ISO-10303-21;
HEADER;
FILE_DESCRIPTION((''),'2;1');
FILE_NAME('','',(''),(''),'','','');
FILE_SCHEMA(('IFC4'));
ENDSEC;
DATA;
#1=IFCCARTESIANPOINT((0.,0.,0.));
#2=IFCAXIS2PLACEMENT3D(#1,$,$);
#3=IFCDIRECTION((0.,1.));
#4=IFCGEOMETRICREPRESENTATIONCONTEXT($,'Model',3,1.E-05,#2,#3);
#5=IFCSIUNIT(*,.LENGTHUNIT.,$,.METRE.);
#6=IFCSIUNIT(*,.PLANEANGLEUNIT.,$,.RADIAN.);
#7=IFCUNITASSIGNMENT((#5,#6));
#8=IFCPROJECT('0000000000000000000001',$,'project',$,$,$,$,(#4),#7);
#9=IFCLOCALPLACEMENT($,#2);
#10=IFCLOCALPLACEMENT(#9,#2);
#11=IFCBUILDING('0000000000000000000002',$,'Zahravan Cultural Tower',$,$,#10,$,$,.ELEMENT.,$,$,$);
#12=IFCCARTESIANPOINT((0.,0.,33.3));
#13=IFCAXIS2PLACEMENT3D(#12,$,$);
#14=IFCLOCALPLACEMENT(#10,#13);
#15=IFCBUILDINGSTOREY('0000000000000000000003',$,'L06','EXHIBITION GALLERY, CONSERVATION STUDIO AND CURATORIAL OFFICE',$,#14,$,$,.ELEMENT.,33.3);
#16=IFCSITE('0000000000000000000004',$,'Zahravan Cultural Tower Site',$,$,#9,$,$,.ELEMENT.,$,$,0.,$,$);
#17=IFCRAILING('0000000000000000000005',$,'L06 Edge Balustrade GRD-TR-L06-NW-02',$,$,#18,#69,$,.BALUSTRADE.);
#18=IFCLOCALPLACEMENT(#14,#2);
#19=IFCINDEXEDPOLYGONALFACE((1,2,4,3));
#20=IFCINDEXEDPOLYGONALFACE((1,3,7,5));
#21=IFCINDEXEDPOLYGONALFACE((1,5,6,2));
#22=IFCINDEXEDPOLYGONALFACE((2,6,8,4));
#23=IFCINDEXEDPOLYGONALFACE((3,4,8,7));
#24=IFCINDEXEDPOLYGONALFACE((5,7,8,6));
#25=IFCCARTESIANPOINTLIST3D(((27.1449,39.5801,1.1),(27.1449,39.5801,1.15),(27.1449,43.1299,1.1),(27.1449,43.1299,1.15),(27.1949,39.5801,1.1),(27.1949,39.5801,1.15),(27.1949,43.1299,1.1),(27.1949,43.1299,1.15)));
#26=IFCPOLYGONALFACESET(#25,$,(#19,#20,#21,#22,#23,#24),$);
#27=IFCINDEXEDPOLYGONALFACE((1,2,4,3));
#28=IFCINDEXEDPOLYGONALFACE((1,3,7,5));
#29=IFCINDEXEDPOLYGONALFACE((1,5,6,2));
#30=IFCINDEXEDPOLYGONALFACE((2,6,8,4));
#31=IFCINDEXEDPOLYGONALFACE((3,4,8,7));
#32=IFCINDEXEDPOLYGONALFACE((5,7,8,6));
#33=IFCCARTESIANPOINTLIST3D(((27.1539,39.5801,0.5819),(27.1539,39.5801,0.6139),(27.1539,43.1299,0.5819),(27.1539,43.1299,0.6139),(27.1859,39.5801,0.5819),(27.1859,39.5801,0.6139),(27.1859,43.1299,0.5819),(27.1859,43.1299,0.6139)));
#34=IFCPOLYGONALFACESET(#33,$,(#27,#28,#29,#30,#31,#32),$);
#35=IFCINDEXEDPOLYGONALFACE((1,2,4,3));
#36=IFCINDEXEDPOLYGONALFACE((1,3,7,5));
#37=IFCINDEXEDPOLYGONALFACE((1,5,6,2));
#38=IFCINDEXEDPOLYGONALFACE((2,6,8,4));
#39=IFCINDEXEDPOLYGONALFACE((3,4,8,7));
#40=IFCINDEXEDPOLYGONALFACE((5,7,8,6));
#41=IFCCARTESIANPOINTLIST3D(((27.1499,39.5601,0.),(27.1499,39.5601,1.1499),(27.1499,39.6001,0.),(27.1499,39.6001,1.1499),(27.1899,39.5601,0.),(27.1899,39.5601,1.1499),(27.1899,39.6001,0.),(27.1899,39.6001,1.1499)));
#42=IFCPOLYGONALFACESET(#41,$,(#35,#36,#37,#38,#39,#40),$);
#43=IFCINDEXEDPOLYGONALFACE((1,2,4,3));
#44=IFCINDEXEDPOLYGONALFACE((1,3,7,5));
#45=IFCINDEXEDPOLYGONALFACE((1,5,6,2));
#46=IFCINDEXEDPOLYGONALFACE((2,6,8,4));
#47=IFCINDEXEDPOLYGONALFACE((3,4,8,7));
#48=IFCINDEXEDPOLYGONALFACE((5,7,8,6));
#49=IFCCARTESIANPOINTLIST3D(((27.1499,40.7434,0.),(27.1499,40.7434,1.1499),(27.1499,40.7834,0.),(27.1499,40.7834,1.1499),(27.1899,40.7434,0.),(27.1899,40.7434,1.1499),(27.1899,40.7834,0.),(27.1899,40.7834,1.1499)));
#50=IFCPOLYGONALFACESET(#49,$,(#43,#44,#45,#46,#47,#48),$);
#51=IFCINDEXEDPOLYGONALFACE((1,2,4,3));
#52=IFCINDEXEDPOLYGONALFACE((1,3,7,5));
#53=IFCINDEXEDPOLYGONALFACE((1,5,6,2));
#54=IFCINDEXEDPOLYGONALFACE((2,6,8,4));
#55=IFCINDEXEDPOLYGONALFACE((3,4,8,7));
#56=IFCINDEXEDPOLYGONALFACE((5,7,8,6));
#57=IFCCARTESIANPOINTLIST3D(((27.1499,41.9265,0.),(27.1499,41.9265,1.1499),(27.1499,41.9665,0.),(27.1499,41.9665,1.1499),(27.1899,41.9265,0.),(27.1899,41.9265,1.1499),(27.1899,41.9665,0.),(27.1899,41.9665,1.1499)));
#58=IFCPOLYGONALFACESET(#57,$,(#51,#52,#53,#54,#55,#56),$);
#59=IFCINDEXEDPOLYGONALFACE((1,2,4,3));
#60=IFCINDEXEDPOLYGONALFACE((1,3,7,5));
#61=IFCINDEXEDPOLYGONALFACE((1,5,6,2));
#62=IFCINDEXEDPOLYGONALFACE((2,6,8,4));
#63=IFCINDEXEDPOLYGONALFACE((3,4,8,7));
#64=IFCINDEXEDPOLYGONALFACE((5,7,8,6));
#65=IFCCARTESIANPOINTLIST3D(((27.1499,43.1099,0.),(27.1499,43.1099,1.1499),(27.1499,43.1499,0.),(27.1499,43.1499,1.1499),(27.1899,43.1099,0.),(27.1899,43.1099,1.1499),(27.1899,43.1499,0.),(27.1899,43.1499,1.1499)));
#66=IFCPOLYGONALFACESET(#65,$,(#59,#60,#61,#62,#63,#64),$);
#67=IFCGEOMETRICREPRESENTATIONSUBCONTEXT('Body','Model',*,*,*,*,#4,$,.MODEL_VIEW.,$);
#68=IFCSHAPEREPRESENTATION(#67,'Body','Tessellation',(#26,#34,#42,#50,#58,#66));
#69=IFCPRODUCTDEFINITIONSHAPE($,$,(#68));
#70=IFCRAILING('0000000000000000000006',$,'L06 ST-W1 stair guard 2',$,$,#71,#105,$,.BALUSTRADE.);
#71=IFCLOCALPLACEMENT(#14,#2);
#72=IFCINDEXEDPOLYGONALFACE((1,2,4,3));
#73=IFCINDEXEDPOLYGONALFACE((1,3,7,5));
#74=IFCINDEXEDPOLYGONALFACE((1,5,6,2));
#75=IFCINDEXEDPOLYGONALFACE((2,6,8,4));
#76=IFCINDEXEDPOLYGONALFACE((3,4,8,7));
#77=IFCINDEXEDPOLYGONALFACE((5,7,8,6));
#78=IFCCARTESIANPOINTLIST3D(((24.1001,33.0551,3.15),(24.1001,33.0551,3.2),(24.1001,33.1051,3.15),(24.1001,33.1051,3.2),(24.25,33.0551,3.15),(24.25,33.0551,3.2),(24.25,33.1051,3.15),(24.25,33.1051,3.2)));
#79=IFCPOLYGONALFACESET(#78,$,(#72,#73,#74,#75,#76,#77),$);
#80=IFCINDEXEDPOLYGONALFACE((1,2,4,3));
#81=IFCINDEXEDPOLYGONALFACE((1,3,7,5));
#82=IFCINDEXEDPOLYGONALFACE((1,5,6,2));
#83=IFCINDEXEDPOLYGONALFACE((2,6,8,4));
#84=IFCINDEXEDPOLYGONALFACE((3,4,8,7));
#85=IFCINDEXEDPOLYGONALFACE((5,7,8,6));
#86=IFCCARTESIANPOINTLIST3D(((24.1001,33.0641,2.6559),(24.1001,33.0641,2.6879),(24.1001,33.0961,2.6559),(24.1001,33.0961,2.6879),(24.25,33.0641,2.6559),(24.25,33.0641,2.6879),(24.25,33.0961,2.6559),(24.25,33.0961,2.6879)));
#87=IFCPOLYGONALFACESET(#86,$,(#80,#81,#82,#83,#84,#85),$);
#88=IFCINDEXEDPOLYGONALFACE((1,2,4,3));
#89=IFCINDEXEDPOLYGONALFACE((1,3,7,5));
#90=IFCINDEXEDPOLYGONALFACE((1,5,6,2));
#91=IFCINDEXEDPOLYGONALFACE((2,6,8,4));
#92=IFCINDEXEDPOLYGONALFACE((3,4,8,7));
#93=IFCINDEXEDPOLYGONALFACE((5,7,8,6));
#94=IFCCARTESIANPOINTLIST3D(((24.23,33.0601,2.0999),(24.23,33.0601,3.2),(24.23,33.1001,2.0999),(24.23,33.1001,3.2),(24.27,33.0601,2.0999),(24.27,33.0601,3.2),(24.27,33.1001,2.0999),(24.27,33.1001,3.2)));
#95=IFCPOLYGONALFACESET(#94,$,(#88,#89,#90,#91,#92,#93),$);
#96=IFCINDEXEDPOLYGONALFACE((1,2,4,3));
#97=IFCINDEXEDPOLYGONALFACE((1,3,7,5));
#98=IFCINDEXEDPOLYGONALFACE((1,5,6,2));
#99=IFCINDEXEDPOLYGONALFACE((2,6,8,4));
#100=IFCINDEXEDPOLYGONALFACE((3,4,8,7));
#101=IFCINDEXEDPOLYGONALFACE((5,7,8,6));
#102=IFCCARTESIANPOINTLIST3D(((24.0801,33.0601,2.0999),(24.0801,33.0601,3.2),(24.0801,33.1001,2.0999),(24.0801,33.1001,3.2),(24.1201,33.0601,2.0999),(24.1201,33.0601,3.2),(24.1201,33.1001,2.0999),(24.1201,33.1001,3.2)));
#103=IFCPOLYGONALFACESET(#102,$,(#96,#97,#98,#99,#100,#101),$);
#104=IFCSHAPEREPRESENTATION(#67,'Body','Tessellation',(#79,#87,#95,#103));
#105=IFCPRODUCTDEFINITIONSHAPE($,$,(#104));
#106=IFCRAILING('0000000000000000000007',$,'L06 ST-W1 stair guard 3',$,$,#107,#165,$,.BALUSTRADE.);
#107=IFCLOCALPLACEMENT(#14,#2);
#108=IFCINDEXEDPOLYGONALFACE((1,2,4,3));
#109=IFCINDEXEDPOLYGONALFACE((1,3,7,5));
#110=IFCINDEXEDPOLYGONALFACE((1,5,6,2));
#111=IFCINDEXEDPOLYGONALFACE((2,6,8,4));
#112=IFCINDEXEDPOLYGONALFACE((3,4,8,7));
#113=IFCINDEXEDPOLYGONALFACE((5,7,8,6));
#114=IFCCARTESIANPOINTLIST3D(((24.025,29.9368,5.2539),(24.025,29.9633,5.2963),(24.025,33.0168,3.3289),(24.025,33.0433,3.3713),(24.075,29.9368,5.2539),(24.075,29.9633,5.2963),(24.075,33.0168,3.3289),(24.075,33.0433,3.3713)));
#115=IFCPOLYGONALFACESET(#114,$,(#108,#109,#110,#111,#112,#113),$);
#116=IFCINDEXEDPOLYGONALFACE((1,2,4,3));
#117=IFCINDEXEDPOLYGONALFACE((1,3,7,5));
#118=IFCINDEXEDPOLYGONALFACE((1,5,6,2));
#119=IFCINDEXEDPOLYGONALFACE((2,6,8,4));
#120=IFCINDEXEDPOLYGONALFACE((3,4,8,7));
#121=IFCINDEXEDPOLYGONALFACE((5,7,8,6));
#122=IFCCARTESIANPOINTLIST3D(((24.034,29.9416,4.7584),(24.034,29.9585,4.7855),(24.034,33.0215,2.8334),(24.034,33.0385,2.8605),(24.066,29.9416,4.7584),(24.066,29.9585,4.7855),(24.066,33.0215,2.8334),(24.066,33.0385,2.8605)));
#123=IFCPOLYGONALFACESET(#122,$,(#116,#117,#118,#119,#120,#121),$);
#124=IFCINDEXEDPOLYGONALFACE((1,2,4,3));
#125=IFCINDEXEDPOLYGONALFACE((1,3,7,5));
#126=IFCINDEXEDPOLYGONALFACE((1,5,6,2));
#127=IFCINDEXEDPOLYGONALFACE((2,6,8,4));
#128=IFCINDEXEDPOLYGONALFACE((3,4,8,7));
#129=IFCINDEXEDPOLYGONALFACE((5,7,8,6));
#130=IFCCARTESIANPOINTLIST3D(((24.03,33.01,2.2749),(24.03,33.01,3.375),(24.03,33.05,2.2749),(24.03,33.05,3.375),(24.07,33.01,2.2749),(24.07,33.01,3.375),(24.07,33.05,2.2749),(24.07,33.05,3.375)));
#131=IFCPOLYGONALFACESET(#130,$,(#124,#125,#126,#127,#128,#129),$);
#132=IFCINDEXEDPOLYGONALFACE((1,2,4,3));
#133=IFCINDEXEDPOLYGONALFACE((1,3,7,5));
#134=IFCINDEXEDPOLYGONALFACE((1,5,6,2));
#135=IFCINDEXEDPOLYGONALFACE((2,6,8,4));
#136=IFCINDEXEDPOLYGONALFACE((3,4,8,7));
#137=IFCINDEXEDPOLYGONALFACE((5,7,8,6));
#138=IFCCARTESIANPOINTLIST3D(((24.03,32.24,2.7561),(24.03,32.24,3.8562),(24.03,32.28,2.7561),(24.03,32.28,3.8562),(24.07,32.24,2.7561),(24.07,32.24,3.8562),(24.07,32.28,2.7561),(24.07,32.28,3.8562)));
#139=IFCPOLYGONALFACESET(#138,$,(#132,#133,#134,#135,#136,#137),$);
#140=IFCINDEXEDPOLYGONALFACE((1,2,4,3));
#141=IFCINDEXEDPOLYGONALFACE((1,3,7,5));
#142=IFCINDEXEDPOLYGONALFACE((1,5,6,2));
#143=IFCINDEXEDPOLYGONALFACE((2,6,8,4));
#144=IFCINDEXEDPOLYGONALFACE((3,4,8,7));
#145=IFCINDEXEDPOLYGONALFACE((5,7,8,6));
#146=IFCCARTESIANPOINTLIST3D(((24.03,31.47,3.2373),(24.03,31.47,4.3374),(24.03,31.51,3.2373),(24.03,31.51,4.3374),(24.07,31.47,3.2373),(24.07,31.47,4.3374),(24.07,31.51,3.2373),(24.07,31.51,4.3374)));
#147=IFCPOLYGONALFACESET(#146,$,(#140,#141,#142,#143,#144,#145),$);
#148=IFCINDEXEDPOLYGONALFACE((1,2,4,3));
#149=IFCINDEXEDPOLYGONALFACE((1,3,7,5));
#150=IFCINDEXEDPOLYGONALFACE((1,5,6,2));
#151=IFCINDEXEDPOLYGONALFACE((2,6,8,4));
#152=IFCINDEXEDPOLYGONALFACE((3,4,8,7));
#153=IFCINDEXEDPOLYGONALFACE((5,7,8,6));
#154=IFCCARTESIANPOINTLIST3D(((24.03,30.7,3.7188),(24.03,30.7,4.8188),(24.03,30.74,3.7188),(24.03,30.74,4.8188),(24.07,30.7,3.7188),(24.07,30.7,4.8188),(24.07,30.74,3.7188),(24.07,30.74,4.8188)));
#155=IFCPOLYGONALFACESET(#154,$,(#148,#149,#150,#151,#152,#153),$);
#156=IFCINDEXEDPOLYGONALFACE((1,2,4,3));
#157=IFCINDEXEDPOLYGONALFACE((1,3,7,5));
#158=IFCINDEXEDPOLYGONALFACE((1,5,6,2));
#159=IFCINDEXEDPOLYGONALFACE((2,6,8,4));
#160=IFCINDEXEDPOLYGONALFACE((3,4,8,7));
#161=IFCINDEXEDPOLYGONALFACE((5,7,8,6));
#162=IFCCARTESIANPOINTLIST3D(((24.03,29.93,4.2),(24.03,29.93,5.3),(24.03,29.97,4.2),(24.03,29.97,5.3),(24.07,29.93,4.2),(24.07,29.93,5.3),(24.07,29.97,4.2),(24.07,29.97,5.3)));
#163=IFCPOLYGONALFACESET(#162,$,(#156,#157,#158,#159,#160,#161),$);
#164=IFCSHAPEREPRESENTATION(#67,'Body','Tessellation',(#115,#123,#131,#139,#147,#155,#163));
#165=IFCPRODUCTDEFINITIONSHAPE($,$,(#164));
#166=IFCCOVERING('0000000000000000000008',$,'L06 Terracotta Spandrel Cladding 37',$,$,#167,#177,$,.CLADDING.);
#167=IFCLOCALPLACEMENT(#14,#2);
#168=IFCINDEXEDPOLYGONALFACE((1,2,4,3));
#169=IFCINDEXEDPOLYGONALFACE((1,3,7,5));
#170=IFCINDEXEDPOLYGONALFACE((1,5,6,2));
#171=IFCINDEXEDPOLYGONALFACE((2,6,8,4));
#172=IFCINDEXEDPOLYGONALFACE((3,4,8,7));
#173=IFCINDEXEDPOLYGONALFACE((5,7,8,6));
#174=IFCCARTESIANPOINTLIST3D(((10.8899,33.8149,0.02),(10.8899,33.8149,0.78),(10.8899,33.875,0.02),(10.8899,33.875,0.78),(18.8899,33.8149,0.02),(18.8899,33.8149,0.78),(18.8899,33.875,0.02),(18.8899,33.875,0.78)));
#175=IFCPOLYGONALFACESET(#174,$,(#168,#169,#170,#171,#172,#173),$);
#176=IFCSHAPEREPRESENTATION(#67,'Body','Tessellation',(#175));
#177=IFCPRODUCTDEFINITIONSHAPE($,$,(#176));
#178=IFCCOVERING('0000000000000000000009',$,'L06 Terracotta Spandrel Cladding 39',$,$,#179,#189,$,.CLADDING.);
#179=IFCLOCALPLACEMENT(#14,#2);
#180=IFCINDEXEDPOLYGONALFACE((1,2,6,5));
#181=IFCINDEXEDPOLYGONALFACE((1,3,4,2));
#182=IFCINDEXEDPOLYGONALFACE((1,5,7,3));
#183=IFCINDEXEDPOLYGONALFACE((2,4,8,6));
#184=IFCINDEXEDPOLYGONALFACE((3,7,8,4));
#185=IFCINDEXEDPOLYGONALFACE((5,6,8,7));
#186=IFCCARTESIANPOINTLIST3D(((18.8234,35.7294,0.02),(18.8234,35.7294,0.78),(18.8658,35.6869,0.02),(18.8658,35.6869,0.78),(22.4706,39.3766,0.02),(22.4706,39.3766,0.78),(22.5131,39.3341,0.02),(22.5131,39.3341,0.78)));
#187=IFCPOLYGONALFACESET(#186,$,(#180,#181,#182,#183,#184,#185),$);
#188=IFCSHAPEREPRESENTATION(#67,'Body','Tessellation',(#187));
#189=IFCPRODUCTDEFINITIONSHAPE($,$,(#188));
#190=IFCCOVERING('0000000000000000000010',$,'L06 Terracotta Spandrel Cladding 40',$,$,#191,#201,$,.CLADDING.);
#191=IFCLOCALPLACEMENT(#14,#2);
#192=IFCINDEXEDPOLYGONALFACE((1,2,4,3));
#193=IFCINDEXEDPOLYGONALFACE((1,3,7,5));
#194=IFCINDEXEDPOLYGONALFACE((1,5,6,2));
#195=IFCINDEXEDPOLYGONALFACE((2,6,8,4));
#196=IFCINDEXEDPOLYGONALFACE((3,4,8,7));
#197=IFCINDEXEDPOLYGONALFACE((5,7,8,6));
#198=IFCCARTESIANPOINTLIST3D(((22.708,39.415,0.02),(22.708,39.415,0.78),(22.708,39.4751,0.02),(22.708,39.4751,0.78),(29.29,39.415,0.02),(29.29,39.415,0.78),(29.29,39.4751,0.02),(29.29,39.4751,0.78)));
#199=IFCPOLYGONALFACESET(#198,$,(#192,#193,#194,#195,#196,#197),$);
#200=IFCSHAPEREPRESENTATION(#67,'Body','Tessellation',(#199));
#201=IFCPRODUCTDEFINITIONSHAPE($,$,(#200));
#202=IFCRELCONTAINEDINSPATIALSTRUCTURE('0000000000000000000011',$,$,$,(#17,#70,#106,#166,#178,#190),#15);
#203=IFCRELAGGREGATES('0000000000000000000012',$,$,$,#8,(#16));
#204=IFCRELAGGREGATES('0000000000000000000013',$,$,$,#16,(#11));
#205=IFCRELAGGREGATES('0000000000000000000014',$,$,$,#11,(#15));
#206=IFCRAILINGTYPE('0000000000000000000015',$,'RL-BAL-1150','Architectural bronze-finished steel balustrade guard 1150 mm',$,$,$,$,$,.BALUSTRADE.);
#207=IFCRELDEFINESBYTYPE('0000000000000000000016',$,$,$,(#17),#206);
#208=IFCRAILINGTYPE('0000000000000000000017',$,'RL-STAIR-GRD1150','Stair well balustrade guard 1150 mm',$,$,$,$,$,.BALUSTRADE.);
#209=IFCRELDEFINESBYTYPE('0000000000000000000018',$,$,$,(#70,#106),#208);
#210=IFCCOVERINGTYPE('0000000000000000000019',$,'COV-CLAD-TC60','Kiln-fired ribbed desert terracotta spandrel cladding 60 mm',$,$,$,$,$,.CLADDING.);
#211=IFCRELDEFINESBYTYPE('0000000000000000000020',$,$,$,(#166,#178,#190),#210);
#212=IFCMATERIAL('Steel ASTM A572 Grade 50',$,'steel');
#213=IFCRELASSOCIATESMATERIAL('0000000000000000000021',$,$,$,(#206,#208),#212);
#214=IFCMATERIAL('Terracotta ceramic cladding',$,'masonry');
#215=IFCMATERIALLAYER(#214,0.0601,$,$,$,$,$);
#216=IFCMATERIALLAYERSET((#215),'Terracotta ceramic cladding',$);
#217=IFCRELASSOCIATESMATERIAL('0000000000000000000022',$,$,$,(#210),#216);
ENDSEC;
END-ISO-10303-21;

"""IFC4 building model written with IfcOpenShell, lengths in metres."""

from ifc_helpers import new_model, si_unit, direction, frame, origin, origin_2d, place, context, subcontext, project, spatial, rectangle, extrude, source, transform, mapped, material, layer, layer_set, type_object, element, save


model = new_model("IFC4")

# Units and contexts
model_context = context("Model", 3, precision=1e-05, world=origin(), true_north=direction((0.0, 1.0)))
body_context = subcontext(model_context, "Body", "Model", "MODEL_VIEW")
ifc_project = project(units=[si_unit("LENGTHUNIT", "METRE"), si_unit("PLANEANGLEUNIT", "RADIAN")], contexts=[model_context])

# Site, building, storey
site_placement = place(None, origin())
site = spatial("IfcSite", under=ifc_project, at=site_placement, Name="Zahravan Cultural Tower Site", CompositionType="ELEMENT", RefElevation=0.0)
building_placement = place(site_placement, origin())
building = spatial("IfcBuilding", under=site, at=building_placement, Name="Zahravan Cultural Tower", CompositionType="ELEMENT")
storey_placement = place(building_placement, frame((0.0, 0.0, 33.3)))
storey = spatial("IfcBuildingStorey", under=building, at=storey_placement, Name="L06", Description="EXHIBITION GALLERY, CONSERVATION STUDIO AND CURATORIAL OFFICE", CompositionType="ELEMENT", Elevation=33.3)

# Shared definitions
ifc_material_1 = material(Name="Steel ASTM A572 Grade 50", Category="steel")

# Railings
railing_type_1 = type_object("IfcRailingType", Name="RL-BAL-1150", Description="Architectural bronze-finished steel balustrade guard 1150 mm", PredefinedType="BALUSTRADE", material=ifc_material_1)
railing_1_placement = place(storey_placement, frame((27.1699, 39.5801, 0.0)))
element("IfcRailing", 1, at=railing_1_placement, inside=storey, type_object=railing_type_1, Name="L06 Edge Balustrade GRD-TR-L06-NW-02", PredefinedType="BALUSTRADE", context=body_context, shape_type="SweptSolid", body=[
    extrude(rectangle(XDim=0.05, YDim=0.05, at=origin_2d()), frame((0.0, 0.0, 1.125), z_axis=(0.0, 1.0, 0.0), x_axis=(-1.0, 0.0, 0.0)), (0.0, 0.0, 1.0), 3.5498),
    extrude(rectangle(XDim=0.032, YDim=0.032, at=origin_2d()), frame((0.0, 0.0, 0.5979), z_axis=(0.0, 1.0, 0.0), x_axis=(-1.0, 0.0, 0.0)), (0.0, 0.0, 1.0), 3.5498),
    extrude(rectangle(XDim=0.04, YDim=0.04, at=origin_2d()), origin(), (0.0, 0.0, 1.0), 1.1499),
    extrude(rectangle(XDim=0.04, YDim=0.04, at=origin_2d()), frame((0.0, 1.1833, 0.0)), (0.0, 0.0, 1.0), 1.1499),
    extrude(rectangle(XDim=0.04, YDim=0.04, at=origin_2d()), frame((0.0, 2.3665, 0.0)), (0.0, 0.0, 1.0), 1.1499),
    extrude(rectangle(XDim=0.04, YDim=0.04, at=origin_2d()), frame((0.0, 3.5498, 0.0)), (0.0, 0.0, 1.0), 1.1499),
])
railing_type_2 = type_object("IfcRailingType", Name="RL-STAIR-GRD1150", Description="Stair well balustrade guard 1150 mm", PredefinedType="BALUSTRADE", material=ifc_material_1)
railing_2_placement = place(storey_placement, frame((24.25, 33.0801, 2.0999)))
element("IfcRailing", 2, at=railing_2_placement, inside=storey, type_object=railing_type_2, Name="L06 ST-W1 stair guard 2", PredefinedType="BALUSTRADE", context=body_context, shape_type="SweptSolid", body=[
    extrude(rectangle(XDim=0.05, YDim=0.05, at=origin_2d()), frame((0.0, 0.0, 1.0752), z_axis=(-1.0, 0.0, 0.0), x_axis=(0.0, -1.0, 0.0)), (0.0, 0.0, 1.0), 0.1499),
    extrude(rectangle(XDim=0.032, YDim=0.032, at=origin_2d()), frame((0.0, 0.0, 0.572), z_axis=(-1.0, 0.0, 0.0), x_axis=(0.0, -1.0, 0.0)), (0.0, 0.0, 1.0), 0.1499),
    extrude(rectangle(XDim=0.04, YDim=0.04, at=origin_2d()), origin(), (0.0, 0.0, 1.0), 1.1001),
    extrude(rectangle(XDim=0.04, YDim=0.04, at=origin_2d()), frame((-0.1499, 0.0, 0.0)), (0.0, 0.0, 1.0), 1.1001),
])
railing_3_placement = place(storey_placement, frame((24.05, 33.03, 2.2749)))
element("IfcRailing", 3, at=railing_3_placement, inside=storey, type_object=railing_type_2, Name="L06 ST-W1 stair guard 3", PredefinedType="BALUSTRADE", context=body_context, shape_type="SweptSolid", body=[
    extrude(rectangle(XDim=0.05, YDim=0.05, at=origin_2d()), frame((0.0, 0.0, 1.0752), z_axis=(0.0, -0.847998, 0.529999), x_axis=(1.0, 0.0, 0.0)), (0.0, 0.0, 1.0), 3.6321),
    extrude(rectangle(XDim=0.032, YDim=0.032, at=origin_2d()), frame((0.0, 0.0, 0.572), z_axis=(0.0, -0.847998, 0.529999), x_axis=(1.0, 0.0, 0.0)), (0.0, 0.0, 1.0), 3.6321),
    extrude(rectangle(XDim=0.04, YDim=0.04, at=origin_2d()), origin(), (0.0, 0.0, 1.0), 1.1001),
    extrude(rectangle(XDim=0.04, YDim=0.04, at=origin_2d()), frame((0.0, -0.77, 0.4812)), (0.0, 0.0, 1.0), 1.1001),
    extrude(rectangle(XDim=0.04, YDim=0.04, at=origin_2d()), frame((0.0, -1.54, 0.9624)), (0.0, 0.0, 1.0), 1.1001),
    extrude(rectangle(XDim=0.04, YDim=0.04, at=origin_2d()), frame((0.0, -2.3101, 1.4438)), (0.0, 0.0, 1.0), 1.1001),
    extrude(rectangle(XDim=0.04, YDim=0.04, at=origin_2d()), frame((0.0, -3.0801, 1.925)), (0.0, 0.0, 1.0), 1.1001),
])

# Coverings
ifc_material_2 = material(Name="Terracotta ceramic cladding", Category="masonry")
ifc_layer_1 = layer(ifc_material_2, 0.0601)
ifc_layer_set_1 = layer_set([ifc_layer_1], Name="Terracotta ceramic cladding")
covering_type = type_object("IfcCoveringType", Name="COV-CLAD-TC60", Description="Kiln-fired ribbed desert terracotta spandrel cladding 60 mm", PredefinedType="CLADDING", material=ifc_layer_set_1)
shared_shape_1 = source(origin(), body_context, "Body", "SweptSolid", [
    extrude(rectangle(XDim=8.0, YDim=0.0601, at=origin_2d()), origin(), (0.0, 0.0, 1.0), 0.76),
])
covering_1_placement = place(storey_placement, frame((14.8899, 33.845, 0.02), z_axis=(0.0, 0.0, 1.0), x_axis=(1.0, 0.0, 0.0)))
element("IfcCovering", 4, at=covering_1_placement, inside=storey, type_object=covering_type, Name="L06 Terracotta Spandrel Cladding 37", PredefinedType="CLADDING", context=body_context, shape_type="MappedRepresentation", body=[
    mapped(shared_shape_1, transform((0.0, 0.0, 0.0), x_axis=(1.0, 0.0, 0.0), y_axis=(0.0, 1.0, 0.0), z_axis=(0.0, 0.0, 1.0), scale=1.0)),
])
shared_shape_2 = source(origin(), body_context, "Body", "SweptSolid", [
    extrude(rectangle(XDim=5.158, YDim=0.0601, at=origin_2d()), origin(), (0.0, 0.0, 1.0), 0.76),
])
covering_2_placement = place(storey_placement, frame((20.6682, 37.5317, 0.02), z_axis=(0.0, 0.0, 1.0), x_axis=(0.707107, 0.707107, 0.0)))
element("IfcCovering", 5, at=covering_2_placement, inside=storey, type_object=covering_type, Name="L06 Terracotta Spandrel Cladding 39", PredefinedType="CLADDING", context=body_context, shape_type="MappedRepresentation", body=[
    mapped(shared_shape_2, transform((0.0, 0.0, 0.0), x_axis=(1.0, 0.0, 0.0), y_axis=(0.0, 1.0, 0.0), z_axis=(0.0, 0.0, 1.0), scale=1.0)),
])
shared_shape_3 = source(origin(), body_context, "Body", "SweptSolid", [
    extrude(rectangle(XDim=6.582, YDim=0.0601, at=origin_2d()), origin(), (0.0, 0.0, 1.0), 0.76),
])
covering_3_placement = place(storey_placement, frame((25.999, 39.4451, 0.02), z_axis=(0.0, 0.0, 1.0), x_axis=(1.0, 0.0, 0.0)))
element("IfcCovering", 6, at=covering_3_placement, inside=storey, type_object=covering_type, Name="L06 Terracotta Spandrel Cladding 40", PredefinedType="CLADDING", context=body_context, shape_type="MappedRepresentation", body=[
    mapped(shared_shape_3, transform((0.0, 0.0, 0.0), x_axis=(1.0, 0.0, 0.0), y_axis=(0.0, 1.0, 0.0), z_axis=(0.0, 0.0, 1.0), scale=1.0)),
])

save(model, "model.ifc")
